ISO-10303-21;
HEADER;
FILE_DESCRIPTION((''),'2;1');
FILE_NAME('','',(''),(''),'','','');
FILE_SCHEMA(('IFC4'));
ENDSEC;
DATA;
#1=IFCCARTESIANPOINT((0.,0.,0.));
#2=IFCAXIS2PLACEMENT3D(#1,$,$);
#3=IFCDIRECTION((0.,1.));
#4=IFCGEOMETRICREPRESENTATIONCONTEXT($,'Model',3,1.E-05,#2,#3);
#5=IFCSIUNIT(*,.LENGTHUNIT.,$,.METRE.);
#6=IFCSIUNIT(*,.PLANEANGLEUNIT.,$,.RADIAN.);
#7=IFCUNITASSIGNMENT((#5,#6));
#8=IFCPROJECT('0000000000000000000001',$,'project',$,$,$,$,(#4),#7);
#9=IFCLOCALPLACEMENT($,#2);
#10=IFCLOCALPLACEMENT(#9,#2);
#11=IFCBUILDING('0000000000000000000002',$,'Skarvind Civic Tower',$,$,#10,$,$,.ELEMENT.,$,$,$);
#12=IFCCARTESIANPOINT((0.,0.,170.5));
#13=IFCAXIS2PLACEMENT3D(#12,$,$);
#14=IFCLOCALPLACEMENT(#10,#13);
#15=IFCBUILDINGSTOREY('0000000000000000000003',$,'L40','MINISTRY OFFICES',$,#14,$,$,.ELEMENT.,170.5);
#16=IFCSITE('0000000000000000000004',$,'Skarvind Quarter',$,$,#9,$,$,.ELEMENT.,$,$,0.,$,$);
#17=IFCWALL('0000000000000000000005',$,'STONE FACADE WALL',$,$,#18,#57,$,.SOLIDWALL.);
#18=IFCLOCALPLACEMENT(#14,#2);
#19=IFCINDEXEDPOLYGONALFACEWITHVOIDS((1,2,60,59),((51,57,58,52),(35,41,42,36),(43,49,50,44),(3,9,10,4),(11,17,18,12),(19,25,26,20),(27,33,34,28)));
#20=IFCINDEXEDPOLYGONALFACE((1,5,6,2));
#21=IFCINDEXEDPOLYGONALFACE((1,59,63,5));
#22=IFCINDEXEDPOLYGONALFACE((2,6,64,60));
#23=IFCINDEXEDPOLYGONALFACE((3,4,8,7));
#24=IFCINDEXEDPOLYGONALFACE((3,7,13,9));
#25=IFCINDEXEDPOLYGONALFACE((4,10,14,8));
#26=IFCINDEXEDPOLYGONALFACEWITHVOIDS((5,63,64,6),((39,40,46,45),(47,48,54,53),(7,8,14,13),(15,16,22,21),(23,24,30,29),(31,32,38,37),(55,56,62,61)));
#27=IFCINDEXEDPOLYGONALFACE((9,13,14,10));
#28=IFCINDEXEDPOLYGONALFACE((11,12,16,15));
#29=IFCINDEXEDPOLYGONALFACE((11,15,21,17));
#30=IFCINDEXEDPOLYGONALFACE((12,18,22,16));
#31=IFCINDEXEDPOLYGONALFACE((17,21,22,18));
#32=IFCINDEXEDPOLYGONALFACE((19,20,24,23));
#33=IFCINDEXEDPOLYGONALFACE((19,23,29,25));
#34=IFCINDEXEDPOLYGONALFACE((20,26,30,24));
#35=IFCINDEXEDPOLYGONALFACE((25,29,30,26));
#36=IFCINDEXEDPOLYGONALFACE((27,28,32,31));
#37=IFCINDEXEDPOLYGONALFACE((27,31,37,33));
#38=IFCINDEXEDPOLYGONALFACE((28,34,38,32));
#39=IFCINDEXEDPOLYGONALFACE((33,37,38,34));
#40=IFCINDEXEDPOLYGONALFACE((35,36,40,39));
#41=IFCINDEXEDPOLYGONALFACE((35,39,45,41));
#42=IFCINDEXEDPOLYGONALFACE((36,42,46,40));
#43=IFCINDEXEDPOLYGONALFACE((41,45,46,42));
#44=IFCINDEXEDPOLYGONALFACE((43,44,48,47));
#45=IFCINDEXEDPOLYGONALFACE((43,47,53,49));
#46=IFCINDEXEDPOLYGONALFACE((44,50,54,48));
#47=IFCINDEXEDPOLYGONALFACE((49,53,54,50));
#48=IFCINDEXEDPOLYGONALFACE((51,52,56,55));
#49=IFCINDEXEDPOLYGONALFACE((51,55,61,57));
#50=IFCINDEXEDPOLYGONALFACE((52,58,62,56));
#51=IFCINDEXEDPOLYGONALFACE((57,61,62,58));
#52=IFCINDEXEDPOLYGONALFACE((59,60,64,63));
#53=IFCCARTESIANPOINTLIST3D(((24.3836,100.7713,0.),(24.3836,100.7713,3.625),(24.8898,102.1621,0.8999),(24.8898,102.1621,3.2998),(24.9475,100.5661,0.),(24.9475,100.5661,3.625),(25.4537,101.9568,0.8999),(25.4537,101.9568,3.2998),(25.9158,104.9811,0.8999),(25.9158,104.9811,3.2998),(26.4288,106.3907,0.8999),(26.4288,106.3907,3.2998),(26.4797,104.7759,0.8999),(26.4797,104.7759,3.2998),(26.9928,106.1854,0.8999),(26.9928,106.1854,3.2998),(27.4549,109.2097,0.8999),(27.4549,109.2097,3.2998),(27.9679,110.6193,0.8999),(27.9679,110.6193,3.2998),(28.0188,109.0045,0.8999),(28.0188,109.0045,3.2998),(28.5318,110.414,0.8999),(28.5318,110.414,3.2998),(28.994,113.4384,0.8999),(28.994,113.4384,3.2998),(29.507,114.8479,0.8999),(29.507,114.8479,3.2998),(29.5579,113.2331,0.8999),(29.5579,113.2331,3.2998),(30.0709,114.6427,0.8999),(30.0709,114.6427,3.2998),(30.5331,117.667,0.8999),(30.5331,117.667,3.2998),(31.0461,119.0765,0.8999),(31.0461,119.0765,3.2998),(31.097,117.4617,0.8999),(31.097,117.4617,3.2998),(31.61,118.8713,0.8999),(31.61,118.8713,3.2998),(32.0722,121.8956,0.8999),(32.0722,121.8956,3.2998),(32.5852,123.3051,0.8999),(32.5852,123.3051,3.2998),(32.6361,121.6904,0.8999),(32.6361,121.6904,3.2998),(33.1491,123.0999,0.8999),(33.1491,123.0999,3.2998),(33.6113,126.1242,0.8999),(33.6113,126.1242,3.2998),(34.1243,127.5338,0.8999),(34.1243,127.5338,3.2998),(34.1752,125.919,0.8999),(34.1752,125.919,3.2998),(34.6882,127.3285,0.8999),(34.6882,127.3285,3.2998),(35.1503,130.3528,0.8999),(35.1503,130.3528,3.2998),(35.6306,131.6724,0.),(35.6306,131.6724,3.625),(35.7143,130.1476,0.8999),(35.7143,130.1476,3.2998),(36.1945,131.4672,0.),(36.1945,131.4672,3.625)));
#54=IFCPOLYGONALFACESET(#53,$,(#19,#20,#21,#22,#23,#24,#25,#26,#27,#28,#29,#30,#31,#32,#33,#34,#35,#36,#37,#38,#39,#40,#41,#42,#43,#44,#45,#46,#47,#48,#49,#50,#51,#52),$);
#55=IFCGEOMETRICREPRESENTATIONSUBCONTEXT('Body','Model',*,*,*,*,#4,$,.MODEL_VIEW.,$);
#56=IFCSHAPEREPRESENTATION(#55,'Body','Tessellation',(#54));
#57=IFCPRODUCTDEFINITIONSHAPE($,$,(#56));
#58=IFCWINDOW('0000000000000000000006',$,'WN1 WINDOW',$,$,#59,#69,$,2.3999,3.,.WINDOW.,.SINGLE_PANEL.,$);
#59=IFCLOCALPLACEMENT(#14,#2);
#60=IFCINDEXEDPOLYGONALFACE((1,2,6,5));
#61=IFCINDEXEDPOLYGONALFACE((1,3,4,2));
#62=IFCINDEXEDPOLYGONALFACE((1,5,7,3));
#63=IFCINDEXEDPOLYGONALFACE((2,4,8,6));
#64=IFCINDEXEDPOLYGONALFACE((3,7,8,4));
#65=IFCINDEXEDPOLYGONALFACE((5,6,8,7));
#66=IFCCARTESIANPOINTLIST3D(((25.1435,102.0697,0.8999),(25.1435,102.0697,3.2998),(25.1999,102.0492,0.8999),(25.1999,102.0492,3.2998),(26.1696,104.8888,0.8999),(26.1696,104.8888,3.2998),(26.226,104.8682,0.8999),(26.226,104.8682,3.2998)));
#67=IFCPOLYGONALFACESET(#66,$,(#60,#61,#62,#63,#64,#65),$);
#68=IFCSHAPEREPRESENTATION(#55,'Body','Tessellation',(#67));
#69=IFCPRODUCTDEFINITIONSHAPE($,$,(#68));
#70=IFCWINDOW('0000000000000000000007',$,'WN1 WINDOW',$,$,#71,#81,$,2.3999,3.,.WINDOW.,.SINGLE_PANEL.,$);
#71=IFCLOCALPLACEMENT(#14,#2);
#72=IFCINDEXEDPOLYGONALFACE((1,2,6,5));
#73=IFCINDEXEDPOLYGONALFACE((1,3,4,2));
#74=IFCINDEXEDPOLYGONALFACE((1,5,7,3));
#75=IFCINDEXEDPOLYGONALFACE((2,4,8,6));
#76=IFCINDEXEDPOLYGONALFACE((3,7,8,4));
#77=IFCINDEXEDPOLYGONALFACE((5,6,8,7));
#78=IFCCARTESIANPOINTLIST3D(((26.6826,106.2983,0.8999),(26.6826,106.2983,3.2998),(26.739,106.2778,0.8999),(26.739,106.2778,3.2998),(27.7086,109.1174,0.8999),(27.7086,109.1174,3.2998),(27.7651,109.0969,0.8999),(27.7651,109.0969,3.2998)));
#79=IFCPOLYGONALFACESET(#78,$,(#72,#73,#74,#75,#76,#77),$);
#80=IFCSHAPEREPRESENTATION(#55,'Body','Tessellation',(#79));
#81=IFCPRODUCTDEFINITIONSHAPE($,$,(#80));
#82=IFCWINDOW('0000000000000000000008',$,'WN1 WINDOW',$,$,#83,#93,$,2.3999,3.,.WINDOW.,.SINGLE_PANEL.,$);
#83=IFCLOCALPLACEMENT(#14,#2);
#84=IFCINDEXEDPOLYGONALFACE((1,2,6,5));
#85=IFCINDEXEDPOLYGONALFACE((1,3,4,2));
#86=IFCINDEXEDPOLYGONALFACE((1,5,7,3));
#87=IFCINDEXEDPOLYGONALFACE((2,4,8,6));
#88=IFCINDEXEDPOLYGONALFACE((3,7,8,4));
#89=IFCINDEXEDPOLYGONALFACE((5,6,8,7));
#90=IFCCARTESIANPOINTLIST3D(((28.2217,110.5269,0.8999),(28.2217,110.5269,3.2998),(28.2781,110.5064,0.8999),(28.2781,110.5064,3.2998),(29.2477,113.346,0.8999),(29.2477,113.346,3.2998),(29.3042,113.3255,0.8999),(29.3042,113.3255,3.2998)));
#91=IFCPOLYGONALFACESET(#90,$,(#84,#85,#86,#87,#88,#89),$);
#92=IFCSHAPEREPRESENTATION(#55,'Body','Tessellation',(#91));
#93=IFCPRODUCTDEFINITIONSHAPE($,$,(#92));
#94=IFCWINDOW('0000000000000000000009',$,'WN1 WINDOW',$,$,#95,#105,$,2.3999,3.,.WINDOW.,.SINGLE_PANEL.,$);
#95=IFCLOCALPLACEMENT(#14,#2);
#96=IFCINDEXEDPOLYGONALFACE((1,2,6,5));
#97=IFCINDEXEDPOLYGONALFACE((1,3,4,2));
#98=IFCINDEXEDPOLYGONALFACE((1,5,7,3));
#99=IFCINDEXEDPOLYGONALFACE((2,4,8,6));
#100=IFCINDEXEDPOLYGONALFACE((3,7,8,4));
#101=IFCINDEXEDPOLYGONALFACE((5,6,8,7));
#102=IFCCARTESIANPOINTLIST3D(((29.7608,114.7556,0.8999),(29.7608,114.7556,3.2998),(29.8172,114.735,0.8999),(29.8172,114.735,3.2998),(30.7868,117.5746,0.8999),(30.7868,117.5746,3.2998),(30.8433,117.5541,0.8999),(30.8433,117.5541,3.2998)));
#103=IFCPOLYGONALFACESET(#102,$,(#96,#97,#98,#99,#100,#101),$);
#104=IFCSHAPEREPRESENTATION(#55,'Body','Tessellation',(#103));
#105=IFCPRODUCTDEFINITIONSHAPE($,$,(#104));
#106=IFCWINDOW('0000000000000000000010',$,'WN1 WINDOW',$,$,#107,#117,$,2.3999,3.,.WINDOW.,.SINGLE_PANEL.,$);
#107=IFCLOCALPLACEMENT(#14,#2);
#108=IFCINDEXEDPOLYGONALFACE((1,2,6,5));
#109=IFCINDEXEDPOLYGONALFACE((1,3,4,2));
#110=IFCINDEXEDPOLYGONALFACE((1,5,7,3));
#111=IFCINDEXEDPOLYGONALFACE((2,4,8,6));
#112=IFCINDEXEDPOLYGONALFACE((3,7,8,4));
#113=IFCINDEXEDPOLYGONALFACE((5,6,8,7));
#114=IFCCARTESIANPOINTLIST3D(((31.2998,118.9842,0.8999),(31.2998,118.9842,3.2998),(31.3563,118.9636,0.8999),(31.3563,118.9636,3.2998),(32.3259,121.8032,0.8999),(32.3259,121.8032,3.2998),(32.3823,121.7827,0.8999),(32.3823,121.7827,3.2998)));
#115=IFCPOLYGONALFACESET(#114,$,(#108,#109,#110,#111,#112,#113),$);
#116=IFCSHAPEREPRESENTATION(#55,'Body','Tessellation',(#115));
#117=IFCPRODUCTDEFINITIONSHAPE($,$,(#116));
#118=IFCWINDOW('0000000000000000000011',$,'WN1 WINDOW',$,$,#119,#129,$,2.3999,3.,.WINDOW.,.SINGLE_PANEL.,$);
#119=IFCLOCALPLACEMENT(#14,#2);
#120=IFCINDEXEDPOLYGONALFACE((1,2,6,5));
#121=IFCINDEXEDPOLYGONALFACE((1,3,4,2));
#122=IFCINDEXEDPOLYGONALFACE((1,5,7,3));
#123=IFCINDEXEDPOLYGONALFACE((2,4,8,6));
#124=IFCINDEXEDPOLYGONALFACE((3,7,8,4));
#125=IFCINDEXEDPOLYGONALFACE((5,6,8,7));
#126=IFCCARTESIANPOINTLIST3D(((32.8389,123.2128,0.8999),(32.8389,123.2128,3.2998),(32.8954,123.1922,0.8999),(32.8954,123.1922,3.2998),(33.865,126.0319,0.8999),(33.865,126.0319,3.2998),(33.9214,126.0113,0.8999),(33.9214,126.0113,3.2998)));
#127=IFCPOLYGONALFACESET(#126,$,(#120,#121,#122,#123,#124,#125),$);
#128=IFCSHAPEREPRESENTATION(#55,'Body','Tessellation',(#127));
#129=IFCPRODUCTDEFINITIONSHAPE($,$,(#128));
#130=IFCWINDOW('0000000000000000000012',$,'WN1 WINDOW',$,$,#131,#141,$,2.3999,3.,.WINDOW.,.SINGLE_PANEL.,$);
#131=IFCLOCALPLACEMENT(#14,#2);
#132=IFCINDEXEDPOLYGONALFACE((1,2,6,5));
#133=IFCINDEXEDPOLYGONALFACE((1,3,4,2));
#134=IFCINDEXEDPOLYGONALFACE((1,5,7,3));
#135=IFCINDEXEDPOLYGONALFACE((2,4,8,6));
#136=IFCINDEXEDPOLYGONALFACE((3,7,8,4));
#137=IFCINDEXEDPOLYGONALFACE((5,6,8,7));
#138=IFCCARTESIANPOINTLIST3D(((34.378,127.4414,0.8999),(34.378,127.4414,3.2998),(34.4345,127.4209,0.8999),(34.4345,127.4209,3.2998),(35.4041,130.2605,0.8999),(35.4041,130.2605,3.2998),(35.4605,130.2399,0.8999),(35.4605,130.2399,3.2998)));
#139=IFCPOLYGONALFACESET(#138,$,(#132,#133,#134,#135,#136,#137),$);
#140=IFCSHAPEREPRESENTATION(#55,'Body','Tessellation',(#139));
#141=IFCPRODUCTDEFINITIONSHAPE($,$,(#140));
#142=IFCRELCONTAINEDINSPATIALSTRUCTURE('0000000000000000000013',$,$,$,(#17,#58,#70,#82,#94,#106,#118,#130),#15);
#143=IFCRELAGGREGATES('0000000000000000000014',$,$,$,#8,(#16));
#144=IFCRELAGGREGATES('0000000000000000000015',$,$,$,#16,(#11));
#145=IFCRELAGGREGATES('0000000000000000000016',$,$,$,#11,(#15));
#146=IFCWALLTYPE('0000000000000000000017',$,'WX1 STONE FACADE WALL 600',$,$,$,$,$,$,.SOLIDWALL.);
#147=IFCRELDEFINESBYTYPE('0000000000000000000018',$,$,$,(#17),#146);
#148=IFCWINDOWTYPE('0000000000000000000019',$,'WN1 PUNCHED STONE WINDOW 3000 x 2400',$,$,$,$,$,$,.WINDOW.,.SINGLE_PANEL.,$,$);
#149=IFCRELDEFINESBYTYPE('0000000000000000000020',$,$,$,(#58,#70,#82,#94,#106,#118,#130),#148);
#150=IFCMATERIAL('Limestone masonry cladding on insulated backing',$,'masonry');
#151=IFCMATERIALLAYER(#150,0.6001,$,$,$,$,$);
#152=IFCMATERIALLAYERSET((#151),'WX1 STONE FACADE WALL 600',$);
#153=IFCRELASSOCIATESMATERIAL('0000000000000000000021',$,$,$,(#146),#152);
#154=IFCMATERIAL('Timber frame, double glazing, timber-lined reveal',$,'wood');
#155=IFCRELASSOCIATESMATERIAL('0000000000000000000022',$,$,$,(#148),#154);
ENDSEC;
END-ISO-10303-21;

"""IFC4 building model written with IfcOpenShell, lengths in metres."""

from ifc_helpers import new_model, si_unit, direction, frame, frame_2d, origin, place, context, subcontext, project, spatial, rectangle, extrude, material, layer, layer_set, type_object, element, fill, save


model = new_model("IFC4")

# Units and contexts
model_context = context("Model", 3, precision=1e-05, world=origin(), true_north=direction((0.0, 1.0)))
body_context = subcontext(model_context, "Body", "Model", "MODEL_VIEW")
ifc_project = project(units=[si_unit("LENGTHUNIT", "METRE"), si_unit("PLANEANGLEUNIT", "RADIAN")], contexts=[model_context])

# Site, building, storey
site_placement = place(None, origin())
site = spatial("IfcSite", under=ifc_project, at=site_placement, Name="Skarvind Quarter", CompositionType="ELEMENT", RefElevation=0.0)
building_placement = place(site_placement, origin())
building = spatial("IfcBuilding", under=site, at=building_placement, Name="Skarvind Civic Tower", CompositionType="ELEMENT")
storey_placement = place(building_placement, frame((0.0, 0.0, 170.5)))
storey = spatial("IfcBuildingStorey", under=building, at=storey_placement, Name="L40", Description="MINISTRY OFFICES", CompositionType="ELEMENT", Elevation=170.5)

# Wall, openings, windows
ifc_material_1 = material(Name="Limestone masonry cladding on insulated backing", Category="masonry")
ifc_layer_1 = layer(ifc_material_1, 0.6001)
ifc_layer_set_1 = layer_set([ifc_layer_1], Name="WX1 STONE FACADE WALL 600")
wall_type_1 = type_object("IfcWallType", Name="WX1 STONE FACADE WALL 600", PredefinedType="SOLIDWALL", material=ifc_layer_set_1)
wall_1_placement = place(storey_placement, frame((24.6655, 100.6687, 0.0), z_axis=(0.0, 0.0, 1.0), x_axis=(0.34202, 0.939693, 0.0)))
wall_1 = element("IfcWall", 1, at=wall_1_placement, inside=storey, type_object=wall_type_1, Name="STONE FACADE WALL", PredefinedType="SOLIDWALL", context=body_context, shape_type="SweptSolid", body=[
    extrude(rectangle(XDim=32.8843, YDim=0.6001, at=frame_2d((16.4421, 0.0))), origin(), (0.0, 0.0, 1.0), 3.625),
])
opening_1_placement = place(wall_1_placement, frame((1.48, 0.0, 0.8999)))
opening_1 = element("IfcOpeningElement", 2, at=opening_1_placement, cuts=wall_1, PredefinedType="OPENING", context=body_context, shape_type="SweptSolid", body=[
    extrude(rectangle(XDim=3.0, YDim=2.3999, at=frame_2d((1.5, 1.2))), frame((0.0, 0.3101, 0.0), z_axis=(0.0, -1.0, 0.0), x_axis=(1.0, 0.0, 0.0)), (0.0, 0.0, 1.0), 0.6201),
])
opening_2_placement = place(wall_1_placement, frame((5.98, 0.0, 0.8999)))
opening_2 = element("IfcOpeningElement", 3, at=opening_2_placement, cuts=wall_1, PredefinedType="OPENING", context=body_context, shape_type="SweptSolid", body=[
    extrude(rectangle(XDim=3.0, YDim=2.3999, at=frame_2d((1.5, 1.2))), frame((0.0, 0.3101, 0.0), z_axis=(0.0, -1.0, 0.0), x_axis=(1.0, 0.0, 0.0)), (0.0, 0.0, 1.0), 0.6201),
])
opening_3_placement = place(wall_1_placement, frame((10.48, 0.0, 0.8999)))
opening_3 = element("IfcOpeningElement", 4, at=opening_3_placement, cuts=wall_1, PredefinedType="OPENING", context=body_context, shape_type="SweptSolid", body=[
    extrude(rectangle(XDim=3.0, YDim=2.3999, at=frame_2d((1.5, 1.2))), frame((0.0, 0.3101, 0.0), z_axis=(0.0, -1.0, 0.0), x_axis=(1.0, 0.0, 0.0)), (0.0, 0.0, 1.0), 0.6201),
])
opening_4_placement = place(wall_1_placement, frame((14.98, 0.0, 0.8999)))
opening_4 = element("IfcOpeningElement", 5, at=opening_4_placement, cuts=wall_1, PredefinedType="OPENING", context=body_context, shape_type="SweptSolid", body=[
    extrude(rectangle(XDim=3.0, YDim=2.3999, at=frame_2d((1.5, 1.2))), frame((0.0, 0.3101, 0.0), z_axis=(0.0, -1.0, 0.0), x_axis=(1.0, 0.0, 0.0)), (0.0, 0.0, 1.0), 0.6201),
])
opening_5_placement = place(wall_1_placement, frame((19.48, 0.0, 0.8999)))
opening_5 = element("IfcOpeningElement", 6, at=opening_5_placement, cuts=wall_1, PredefinedType="OPENING", context=body_context, shape_type="SweptSolid", body=[
    extrude(rectangle(XDim=3.0, YDim=2.3999, at=frame_2d((1.5, 1.2))), frame((0.0, 0.3101, 0.0), z_axis=(0.0, -1.0, 0.0), x_axis=(1.0, 0.0, 0.0)), (0.0, 0.0, 1.0), 0.6201),
])
opening_6_placement = place(wall_1_placement, frame((23.98, 0.0, 0.8999)))
opening_6 = element("IfcOpeningElement", 7, at=opening_6_placement, cuts=wall_1, PredefinedType="OPENING", context=body_context, shape_type="SweptSolid", body=[
    extrude(rectangle(XDim=3.0, YDim=2.3999, at=frame_2d((1.5, 1.2))), frame((0.0, 0.3101, 0.0), z_axis=(0.0, -1.0, 0.0), x_axis=(1.0, 0.0, 0.0)), (0.0, 0.0, 1.0), 0.6201),
])
opening_7_placement = place(wall_1_placement, frame((28.48, 0.0, 0.8999)))
opening_7 = element("IfcOpeningElement", 8, at=opening_7_placement, cuts=wall_1, PredefinedType="OPENING", context=body_context, shape_type="SweptSolid", body=[
    extrude(rectangle(XDim=3.0, YDim=2.3999, at=frame_2d((1.5, 1.2))), frame((0.0, 0.3101, 0.0), z_axis=(0.0, -1.0, 0.0), x_axis=(1.0, 0.0, 0.0)), (0.0, 0.0, 1.0), 0.6201),
])
ifc_material_2 = material(Name="Timber frame, double glazing, timber-lined reveal", Category="wood")
window_type = type_object("IfcWindowType", Name="WN1 PUNCHED STONE WINDOW 3000 x 2400", PartitioningType="SINGLE_PANEL", PredefinedType="WINDOW", material=ifc_material_2)
window_1_placement = place(opening_1_placement, origin())
window_1 = element("IfcWindow", 9, at=window_1_placement, inside=storey, type_object=window_type, Name="WN1 WINDOW", OverallHeight=2.3999, OverallWidth=3.0, PartitioningType="SINGLE_PANEL", PredefinedType="WINDOW", context=body_context, shape_type="SweptSolid", body=[
    extrude(rectangle(XDim=3.0, YDim=2.3999, at=frame_2d((1.5, 1.2))), frame((0.0, 0.03, 0.0), z_axis=(0.0, -1.0, 0.0), x_axis=(1.0, 0.0, 0.0)), (0.0, 0.0, 1.0), 0.0601),
])
fill(opening_1, window_1)
window_2_placement = place(opening_2_placement, origin())
window_2 = element("IfcWindow", 10, at=window_2_placement, inside=storey, type_object=window_type, Name="WN1 WINDOW", OverallHeight=2.3999, OverallWidth=3.0, PartitioningType="SINGLE_PANEL", PredefinedType="WINDOW", context=body_context, shape_type="SweptSolid", body=[
    extrude(rectangle(XDim=3.0, YDim=2.3999, at=frame_2d((1.5, 1.2))), frame((0.0, 0.03, 0.0), z_axis=(0.0, -1.0, 0.0), x_axis=(1.0, 0.0, 0.0)), (0.0, 0.0, 1.0), 0.0601),
])
fill(opening_2, window_2)
window_3_placement = place(opening_3_placement, origin())
window_3 = element("IfcWindow", 11, at=window_3_placement, inside=storey, type_object=window_type, Name="WN1 WINDOW", OverallHeight=2.3999, OverallWidth=3.0, PartitioningType="SINGLE_PANEL", PredefinedType="WINDOW", context=body_context, shape_type="SweptSolid", body=[
    extrude(rectangle(XDim=3.0, YDim=2.3999, at=frame_2d((1.5, 1.2))), frame((0.0, 0.03, 0.0), z_axis=(0.0, -1.0, 0.0), x_axis=(1.0, 0.0, 0.0)), (0.0, 0.0, 1.0), 0.0601),
])
fill(opening_3, window_3)
window_4_placement = place(opening_4_placement, origin())
window_4 = element("IfcWindow", 12, at=window_4_placement, inside=storey, type_object=window_type, Name="WN1 WINDOW", OverallHeight=2.3999, OverallWidth=3.0, PartitioningType="SINGLE_PANEL", PredefinedType="WINDOW", context=body_context, shape_type="SweptSolid", body=[
    extrude(rectangle(XDim=3.0, YDim=2.3999, at=frame_2d((1.5, 1.2))), frame((0.0, 0.03, 0.0), z_axis=(0.0, -1.0, 0.0), x_axis=(1.0, 0.0, 0.0)), (0.0, 0.0, 1.0), 0.0601),
])
fill(opening_4, window_4)
window_5_placement = place(opening_5_placement, origin())
window_5 = element("IfcWindow", 13, at=window_5_placement, inside=storey, type_object=window_type, Name="WN1 WINDOW", OverallHeight=2.3999, OverallWidth=3.0, PartitioningType="SINGLE_PANEL", PredefinedType="WINDOW", context=body_context, shape_type="SweptSolid", body=[
    extrude(rectangle(XDim=3.0, YDim=2.3999, at=frame_2d((1.5, 1.2))), frame((0.0, 0.03, 0.0), z_axis=(0.0, -1.0, 0.0), x_axis=(1.0, 0.0, 0.0)), (0.0, 0.0, 1.0), 0.0601),
])
fill(opening_5, window_5)
window_6_placement = place(opening_6_placement, origin())
window_6 = element("IfcWindow", 14, at=window_6_placement, inside=storey, type_object=window_type, Name="WN1 WINDOW", OverallHeight=2.3999, OverallWidth=3.0, PartitioningType="SINGLE_PANEL", PredefinedType="WINDOW", context=body_context, shape_type="SweptSolid", body=[
    extrude(rectangle(XDim=3.0, YDim=2.3999, at=frame_2d((1.5, 1.2))), frame((0.0, 0.03, 0.0), z_axis=(0.0, -1.0, 0.0), x_axis=(1.0, 0.0, 0.0)), (0.0, 0.0, 1.0), 0.0601),
])
fill(opening_6, window_6)
window_7_placement = place(opening_7_placement, origin())
window_7 = element("IfcWindow", 15, at=window_7_placement, inside=storey, type_object=window_type, Name="WN1 WINDOW", OverallHeight=2.3999, OverallWidth=3.0, PartitioningType="SINGLE_PANEL", PredefinedType="WINDOW", context=body_context, shape_type="SweptSolid", body=[
    extrude(rectangle(XDim=3.0, YDim=2.3999, at=frame_2d((1.5, 1.2))), frame((0.0, 0.03, 0.0), z_axis=(0.0, -1.0, 0.0), x_axis=(1.0, 0.0, 0.0)), (0.0, 0.0, 1.0), 0.0601),
])
fill(opening_7, window_7)

save(model, "model.ifc")
